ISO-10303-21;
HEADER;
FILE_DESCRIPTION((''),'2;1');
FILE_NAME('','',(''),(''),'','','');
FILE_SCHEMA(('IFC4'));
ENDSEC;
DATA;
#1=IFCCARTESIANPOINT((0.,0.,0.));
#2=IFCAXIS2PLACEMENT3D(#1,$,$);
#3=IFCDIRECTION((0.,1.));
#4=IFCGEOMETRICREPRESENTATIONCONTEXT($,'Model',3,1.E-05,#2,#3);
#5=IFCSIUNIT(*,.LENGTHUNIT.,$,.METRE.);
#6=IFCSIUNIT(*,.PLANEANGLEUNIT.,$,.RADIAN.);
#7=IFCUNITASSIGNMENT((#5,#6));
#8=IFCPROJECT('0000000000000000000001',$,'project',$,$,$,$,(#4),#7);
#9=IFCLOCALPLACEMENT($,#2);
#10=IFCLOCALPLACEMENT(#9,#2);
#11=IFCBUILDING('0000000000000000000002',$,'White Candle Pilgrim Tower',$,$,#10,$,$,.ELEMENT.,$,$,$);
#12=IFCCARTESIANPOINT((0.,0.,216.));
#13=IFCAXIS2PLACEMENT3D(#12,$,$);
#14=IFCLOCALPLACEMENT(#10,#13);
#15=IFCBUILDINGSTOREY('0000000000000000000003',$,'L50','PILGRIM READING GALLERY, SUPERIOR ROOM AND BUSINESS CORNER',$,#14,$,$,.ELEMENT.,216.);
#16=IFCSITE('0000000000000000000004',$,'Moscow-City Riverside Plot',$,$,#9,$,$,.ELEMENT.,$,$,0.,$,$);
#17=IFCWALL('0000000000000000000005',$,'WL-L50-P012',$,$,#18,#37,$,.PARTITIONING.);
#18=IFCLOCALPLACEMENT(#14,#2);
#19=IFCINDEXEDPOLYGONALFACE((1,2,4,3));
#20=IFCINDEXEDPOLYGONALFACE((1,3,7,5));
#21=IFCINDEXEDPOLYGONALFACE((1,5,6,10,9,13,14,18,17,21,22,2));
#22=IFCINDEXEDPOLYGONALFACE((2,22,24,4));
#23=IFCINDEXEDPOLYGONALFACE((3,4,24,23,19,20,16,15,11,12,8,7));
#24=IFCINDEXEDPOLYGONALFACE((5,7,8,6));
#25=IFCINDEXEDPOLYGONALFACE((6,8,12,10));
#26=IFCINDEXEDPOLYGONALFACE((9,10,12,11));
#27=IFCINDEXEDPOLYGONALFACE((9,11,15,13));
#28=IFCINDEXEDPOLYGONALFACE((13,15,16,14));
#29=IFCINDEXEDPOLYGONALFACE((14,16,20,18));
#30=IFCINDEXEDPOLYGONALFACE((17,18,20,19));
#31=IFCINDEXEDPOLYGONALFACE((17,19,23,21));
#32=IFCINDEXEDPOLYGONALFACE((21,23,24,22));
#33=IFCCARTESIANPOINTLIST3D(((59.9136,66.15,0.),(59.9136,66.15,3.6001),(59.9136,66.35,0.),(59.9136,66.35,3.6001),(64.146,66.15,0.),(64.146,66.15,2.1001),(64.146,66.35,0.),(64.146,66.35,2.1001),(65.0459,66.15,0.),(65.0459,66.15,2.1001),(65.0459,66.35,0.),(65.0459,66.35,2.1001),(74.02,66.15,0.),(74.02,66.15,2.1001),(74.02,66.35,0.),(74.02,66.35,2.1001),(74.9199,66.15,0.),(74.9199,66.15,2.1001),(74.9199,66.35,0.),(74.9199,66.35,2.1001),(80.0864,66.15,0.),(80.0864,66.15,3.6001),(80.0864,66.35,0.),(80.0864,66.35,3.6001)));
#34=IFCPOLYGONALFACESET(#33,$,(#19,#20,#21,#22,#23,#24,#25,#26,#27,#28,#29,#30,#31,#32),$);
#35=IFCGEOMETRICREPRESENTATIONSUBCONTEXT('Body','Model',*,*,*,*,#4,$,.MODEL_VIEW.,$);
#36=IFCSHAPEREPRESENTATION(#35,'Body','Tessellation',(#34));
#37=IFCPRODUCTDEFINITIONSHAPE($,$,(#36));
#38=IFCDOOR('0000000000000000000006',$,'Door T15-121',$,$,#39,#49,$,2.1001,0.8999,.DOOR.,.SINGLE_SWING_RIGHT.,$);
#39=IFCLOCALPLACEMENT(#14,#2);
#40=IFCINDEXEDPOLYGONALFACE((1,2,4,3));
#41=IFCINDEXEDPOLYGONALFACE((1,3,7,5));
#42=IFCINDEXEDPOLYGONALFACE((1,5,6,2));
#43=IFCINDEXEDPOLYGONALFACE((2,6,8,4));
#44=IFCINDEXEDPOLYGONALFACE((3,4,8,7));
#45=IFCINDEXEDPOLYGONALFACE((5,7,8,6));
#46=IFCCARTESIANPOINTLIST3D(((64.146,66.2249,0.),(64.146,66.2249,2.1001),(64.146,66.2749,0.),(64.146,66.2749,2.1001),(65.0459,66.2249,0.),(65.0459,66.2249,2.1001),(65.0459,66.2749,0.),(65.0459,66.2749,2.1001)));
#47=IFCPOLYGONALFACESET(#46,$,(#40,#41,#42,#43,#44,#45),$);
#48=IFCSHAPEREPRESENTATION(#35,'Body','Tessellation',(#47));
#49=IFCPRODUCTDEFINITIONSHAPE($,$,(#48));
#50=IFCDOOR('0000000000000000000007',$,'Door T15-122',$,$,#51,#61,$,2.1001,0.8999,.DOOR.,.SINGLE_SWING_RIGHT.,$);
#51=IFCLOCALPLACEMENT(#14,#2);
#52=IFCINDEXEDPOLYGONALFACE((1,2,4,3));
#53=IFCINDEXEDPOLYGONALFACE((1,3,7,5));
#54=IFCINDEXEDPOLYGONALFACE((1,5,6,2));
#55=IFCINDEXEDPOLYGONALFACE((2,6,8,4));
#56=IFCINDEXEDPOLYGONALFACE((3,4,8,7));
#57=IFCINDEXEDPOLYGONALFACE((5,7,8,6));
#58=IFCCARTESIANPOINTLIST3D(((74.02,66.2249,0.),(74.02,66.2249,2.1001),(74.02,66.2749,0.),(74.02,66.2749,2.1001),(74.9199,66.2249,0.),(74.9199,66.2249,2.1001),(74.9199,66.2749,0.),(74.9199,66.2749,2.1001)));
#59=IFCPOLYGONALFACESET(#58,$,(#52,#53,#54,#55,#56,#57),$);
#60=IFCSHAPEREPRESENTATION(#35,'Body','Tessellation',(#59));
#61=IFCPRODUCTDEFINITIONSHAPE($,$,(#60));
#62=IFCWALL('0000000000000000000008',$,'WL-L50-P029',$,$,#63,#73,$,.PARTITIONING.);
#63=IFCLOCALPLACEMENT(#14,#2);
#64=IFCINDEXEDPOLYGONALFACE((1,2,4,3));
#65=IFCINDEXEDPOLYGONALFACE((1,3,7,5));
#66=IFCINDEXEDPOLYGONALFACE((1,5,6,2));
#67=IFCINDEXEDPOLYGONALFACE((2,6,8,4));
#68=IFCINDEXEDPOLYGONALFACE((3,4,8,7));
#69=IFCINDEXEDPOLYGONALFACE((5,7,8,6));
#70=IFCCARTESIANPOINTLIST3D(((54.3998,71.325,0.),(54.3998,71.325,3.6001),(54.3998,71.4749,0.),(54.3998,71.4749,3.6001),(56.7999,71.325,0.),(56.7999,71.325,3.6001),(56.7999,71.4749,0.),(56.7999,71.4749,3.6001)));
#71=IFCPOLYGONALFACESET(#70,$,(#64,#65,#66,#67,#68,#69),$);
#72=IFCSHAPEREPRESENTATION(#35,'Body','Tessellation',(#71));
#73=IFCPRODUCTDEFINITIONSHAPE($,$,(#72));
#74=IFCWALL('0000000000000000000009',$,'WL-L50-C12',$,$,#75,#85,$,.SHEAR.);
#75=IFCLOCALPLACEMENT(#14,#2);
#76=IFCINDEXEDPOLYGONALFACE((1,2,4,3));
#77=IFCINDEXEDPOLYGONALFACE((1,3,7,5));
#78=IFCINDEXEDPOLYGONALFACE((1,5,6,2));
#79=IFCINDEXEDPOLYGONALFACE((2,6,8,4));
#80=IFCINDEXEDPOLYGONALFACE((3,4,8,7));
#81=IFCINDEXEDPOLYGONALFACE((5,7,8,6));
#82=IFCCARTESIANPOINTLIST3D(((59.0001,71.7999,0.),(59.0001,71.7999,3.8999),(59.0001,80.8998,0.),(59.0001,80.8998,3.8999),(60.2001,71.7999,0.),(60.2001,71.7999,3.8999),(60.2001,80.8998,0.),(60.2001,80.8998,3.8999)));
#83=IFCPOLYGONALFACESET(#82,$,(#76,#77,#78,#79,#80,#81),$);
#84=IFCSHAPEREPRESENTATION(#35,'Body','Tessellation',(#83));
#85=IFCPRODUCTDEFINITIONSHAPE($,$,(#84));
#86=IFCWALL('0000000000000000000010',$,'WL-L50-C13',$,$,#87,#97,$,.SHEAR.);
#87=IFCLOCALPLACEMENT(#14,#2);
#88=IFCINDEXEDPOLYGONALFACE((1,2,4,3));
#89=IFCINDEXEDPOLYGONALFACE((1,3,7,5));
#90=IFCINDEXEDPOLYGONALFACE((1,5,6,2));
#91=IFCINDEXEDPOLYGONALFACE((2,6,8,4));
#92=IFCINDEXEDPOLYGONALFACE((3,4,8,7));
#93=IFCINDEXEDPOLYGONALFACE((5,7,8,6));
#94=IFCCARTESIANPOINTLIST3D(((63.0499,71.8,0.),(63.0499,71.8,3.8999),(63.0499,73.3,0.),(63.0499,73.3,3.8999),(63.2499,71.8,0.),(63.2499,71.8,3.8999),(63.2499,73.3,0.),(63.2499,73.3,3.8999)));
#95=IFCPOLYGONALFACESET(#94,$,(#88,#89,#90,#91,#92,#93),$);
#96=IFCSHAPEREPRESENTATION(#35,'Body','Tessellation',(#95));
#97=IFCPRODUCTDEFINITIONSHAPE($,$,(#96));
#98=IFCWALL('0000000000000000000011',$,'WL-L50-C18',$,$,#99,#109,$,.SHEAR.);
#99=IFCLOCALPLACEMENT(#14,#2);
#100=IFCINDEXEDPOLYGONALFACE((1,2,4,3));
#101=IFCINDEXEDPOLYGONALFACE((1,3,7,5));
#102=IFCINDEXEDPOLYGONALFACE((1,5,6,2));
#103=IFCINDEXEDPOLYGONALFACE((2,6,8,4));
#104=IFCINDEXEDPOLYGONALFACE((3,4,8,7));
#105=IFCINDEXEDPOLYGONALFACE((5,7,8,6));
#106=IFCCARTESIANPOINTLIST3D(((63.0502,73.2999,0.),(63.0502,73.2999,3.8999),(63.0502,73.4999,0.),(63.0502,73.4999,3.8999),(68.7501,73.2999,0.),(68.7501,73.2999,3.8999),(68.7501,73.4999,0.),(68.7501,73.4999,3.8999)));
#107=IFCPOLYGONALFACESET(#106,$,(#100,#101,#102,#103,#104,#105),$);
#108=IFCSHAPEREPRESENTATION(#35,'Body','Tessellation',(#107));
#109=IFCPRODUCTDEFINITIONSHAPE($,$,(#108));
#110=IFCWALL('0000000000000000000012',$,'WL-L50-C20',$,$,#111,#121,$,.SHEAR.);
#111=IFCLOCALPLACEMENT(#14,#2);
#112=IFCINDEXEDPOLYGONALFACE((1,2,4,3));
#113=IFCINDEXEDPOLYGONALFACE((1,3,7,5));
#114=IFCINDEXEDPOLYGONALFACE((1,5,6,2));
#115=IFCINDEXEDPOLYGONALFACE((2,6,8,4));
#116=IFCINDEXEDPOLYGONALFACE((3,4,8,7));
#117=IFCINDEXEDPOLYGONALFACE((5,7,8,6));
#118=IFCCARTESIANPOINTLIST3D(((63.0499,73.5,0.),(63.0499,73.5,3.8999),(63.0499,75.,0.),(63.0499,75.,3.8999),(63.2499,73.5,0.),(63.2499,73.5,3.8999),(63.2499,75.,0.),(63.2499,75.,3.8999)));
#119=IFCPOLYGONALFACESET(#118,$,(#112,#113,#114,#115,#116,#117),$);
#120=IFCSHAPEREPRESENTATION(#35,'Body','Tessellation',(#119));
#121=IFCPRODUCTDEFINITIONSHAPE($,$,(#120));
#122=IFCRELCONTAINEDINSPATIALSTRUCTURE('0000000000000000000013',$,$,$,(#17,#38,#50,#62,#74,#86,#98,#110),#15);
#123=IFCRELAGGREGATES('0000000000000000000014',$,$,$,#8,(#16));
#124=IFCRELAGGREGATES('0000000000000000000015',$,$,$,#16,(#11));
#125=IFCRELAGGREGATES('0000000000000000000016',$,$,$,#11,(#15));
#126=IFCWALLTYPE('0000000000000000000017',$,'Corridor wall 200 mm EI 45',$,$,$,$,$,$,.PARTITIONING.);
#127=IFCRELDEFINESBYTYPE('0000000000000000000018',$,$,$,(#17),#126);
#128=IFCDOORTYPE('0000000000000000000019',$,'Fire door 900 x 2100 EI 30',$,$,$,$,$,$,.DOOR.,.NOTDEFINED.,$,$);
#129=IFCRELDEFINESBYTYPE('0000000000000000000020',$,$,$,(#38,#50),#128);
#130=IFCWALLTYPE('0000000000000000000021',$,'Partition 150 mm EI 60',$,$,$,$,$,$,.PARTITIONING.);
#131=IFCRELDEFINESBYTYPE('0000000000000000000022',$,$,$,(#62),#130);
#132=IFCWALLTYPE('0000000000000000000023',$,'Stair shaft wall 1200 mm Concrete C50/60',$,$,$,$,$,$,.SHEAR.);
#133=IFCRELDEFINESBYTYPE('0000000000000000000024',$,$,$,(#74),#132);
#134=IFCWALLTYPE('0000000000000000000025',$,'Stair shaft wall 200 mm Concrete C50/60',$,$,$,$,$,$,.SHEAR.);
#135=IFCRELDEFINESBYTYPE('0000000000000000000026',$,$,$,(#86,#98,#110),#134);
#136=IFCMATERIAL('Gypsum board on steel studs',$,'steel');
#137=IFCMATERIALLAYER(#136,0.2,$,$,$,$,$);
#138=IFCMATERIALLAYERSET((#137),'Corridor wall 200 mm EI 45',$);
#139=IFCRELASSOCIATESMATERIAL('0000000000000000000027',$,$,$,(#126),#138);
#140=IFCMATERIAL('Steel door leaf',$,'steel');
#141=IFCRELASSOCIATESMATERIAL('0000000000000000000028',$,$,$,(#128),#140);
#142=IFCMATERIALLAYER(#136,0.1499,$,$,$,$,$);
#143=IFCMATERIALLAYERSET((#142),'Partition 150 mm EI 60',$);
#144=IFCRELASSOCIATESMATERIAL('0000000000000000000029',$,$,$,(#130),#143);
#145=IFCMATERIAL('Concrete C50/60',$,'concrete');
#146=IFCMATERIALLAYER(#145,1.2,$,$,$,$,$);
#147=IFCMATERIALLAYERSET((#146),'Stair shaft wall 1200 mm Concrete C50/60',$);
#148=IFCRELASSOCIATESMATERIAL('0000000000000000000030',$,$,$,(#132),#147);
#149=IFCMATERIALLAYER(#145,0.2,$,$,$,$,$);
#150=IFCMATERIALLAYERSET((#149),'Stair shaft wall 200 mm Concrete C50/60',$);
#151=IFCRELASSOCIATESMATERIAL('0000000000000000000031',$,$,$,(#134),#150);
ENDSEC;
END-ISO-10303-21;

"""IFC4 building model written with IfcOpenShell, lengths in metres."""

from ifc_helpers import new_model, si_unit, direction, frame, frame_2d, origin, place, context, subcontext, project, spatial, rectangle, extrude, material, layer, layer_set, type_object, element, fill, save


model = new_model("IFC4")

# Units and contexts
model_context = context("Model", 3, precision=1e-05, world=origin(), true_north=direction((0.0, 1.0)))
body_context = subcontext(model_context, "Body", "Model", "MODEL_VIEW")
ifc_project = project(units=[si_unit("LENGTHUNIT", "METRE"), si_unit("PLANEANGLEUNIT", "RADIAN")], contexts=[model_context])

# Site, building, storey
site_placement = place(None, origin())
site = spatial("IfcSite", under=ifc_project, at=site_placement, Name="Moscow-City Riverside Plot", CompositionType="ELEMENT", RefElevation=0.0)
building_placement = place(site_placement, origin())
building = spatial("IfcBuilding", under=site, at=building_placement, Name="White Candle Pilgrim Tower", CompositionType="ELEMENT")
storey_placement = place(building_placement, frame((0.0, 0.0, 216.0)))
storey = spatial("IfcBuildingStorey", under=building, at=storey_placement, Name="L50", Description="PILGRIM READING GALLERY, SUPERIOR ROOM AND BUSINESS CORNER", CompositionType="ELEMENT", Elevation=216.0)

# Shared definitions
ifc_material_1 = material(Name="Gypsum board on steel studs", Category="steel")
ifc_layer_1 = layer(ifc_material_1, 0.2)
ifc_layer_set_1 = layer_set([ifc_layer_1], Name="Corridor wall 200 mm EI 45")
wall_type_1 = type_object("IfcWallType", Name="Corridor wall 200 mm EI 45", PredefinedType="PARTITIONING", material=ifc_layer_set_1)
ifc_material_2 = material(Name="Steel door leaf", Category="steel")
door_type_1 = type_object("IfcDoorType", Name="Fire door 900 x 2100 EI 30", OperationType="NOTDEFINED", PredefinedType="DOOR", material=ifc_material_2)

# Wall, openings, doors
wall_1_placement = place(storey_placement, frame((59.9136, 66.25, 0.0), z_axis=(0.0, 0.0, 1.0), x_axis=(1.0, 0.0, 0.0)))
wall_1 = element("IfcWall", 1, at=wall_1_placement, inside=storey, type_object=wall_type_1, Name="WL-L50-P012", PredefinedType="PARTITIONING", context=body_context, shape_type="SweptSolid", body=[
    extrude(rectangle(XDim=20.1729, YDim=0.2, at=frame_2d((10.0864, 0.0))), origin(), (0.0, 0.0, 1.0), 3.6001),
])
opening_1_placement = place(wall_1_placement, frame((4.2324, 0.0, 0.0)))
opening_1 = element("IfcOpeningElement", 2, at=opening_1_placement, cuts=wall_1, PredefinedType="OPENING", context=body_context, shape_type="SweptSolid", body=[
    extrude(rectangle(XDim=0.8999, YDim=2.1001, at=frame_2d((0.45, 1.05))), frame((0.0, 0.1099, 0.0), z_axis=(0.0, -1.0, 0.0), x_axis=(1.0, 0.0, 0.0)), (0.0, 0.0, 1.0), 0.22),
])
opening_2_placement = place(wall_1_placement, frame((14.1064, 0.0, 0.0)))
opening_2 = element("IfcOpeningElement", 3, at=opening_2_placement, cuts=wall_1, PredefinedType="OPENING", context=body_context, shape_type="SweptSolid", body=[
    extrude(rectangle(XDim=0.8999, YDim=2.1001, at=frame_2d((0.45, 1.05))), frame((0.0, 0.1099, 0.0), z_axis=(0.0, -1.0, 0.0), x_axis=(1.0, 0.0, 0.0)), (0.0, 0.0, 1.0), 0.22),
])
door_1_placement = place(opening_1_placement, origin())
door_1 = element("IfcDoor", 4, at=door_1_placement, inside=storey, type_object=door_type_1, Name="Door T15-121", OperationType="SINGLE_SWING_RIGHT", OverallHeight=2.1001, OverallWidth=0.8999, PredefinedType="DOOR", context=body_context, shape_type="SweptSolid", body=[
    extrude(rectangle(XDim=0.8999, YDim=2.1001, at=frame_2d((0.45, 1.05))), frame((0.0, 0.0249, 0.0), z_axis=(0.0, -1.0, 0.0), x_axis=(1.0, 0.0, 0.0)), (0.0, 0.0, 1.0), 0.05),
])
fill(opening_1, door_1)
door_2_placement = place(opening_2_placement, origin())
door_2 = element("IfcDoor", 5, at=door_2_placement, inside=storey, type_object=door_type_1, Name="Door T15-122", OperationType="SINGLE_SWING_RIGHT", OverallHeight=2.1001, OverallWidth=0.8999, PredefinedType="DOOR", context=body_context, shape_type="SweptSolid", body=[
    extrude(rectangle(XDim=0.8999, YDim=2.1001, at=frame_2d((0.45, 1.05))), frame((0.0, 0.0249, 0.0), z_axis=(0.0, -1.0, 0.0), x_axis=(1.0, 0.0, 0.0)), (0.0, 0.0, 1.0), 0.05),
])
fill(opening_2, door_2)

# Walls
ifc_layer_2 = layer(ifc_material_1, 0.1499)
ifc_layer_set_2 = layer_set([ifc_layer_2], Name="Partition 150 mm EI 60")
wall_type_2 = type_object("IfcWallType", Name="Partition 150 mm EI 60", PredefinedType="PARTITIONING", material=ifc_layer_set_2)
wall_2_placement = place(storey_placement, frame((56.8, 71.3999, 0.0), z_axis=(0.0, 0.0, 1.0), x_axis=(-1.0, 0.0, 0.0)))
element("IfcWall", 6, at=wall_2_placement, inside=storey, type_object=wall_type_2, Name="WL-L50-P029", PredefinedType="PARTITIONING", context=body_context, shape_type="SweptSolid", body=[
    extrude(rectangle(XDim=2.4001, YDim=0.1499, at=frame_2d((1.2002, 0.0))), origin(), (0.0, 0.0, 1.0), 3.6001),
])
ifc_material_3 = material(Name="Concrete C50/60", Category="concrete")
ifc_layer_3 = layer(ifc_material_3, 1.2)
ifc_layer_set_3 = layer_set([ifc_layer_3], Name="Stair shaft wall 1200 mm Concrete C50/60")
wall_type_3 = type_object("IfcWallType", Name="Stair shaft wall 1200 mm Concrete C50/60", PredefinedType="SHEAR", material=ifc_layer_set_3)
wall_3_placement = place(storey_placement, frame((59.6001, 71.8, 0.0), z_axis=(0.0, 0.0, 1.0), x_axis=(0.0, 1.0, 0.0)))
element("IfcWall", 7, at=wall_3_placement, inside=storey, type_object=wall_type_3, Name="WL-L50-C12", PredefinedType="SHEAR", context=body_context, shape_type="SweptSolid", body=[
    extrude(rectangle(XDim=9.0999, YDim=1.2, at=frame_2d((4.5498, 0.0))), origin(), (0.0, 0.0, 1.0), 3.8999),
])
ifc_layer_4 = layer(ifc_material_3, 0.2)
ifc_layer_set_4 = layer_set([ifc_layer_4], Name="Stair shaft wall 200 mm Concrete C50/60")
wall_type_4 = type_object("IfcWallType", Name="Stair shaft wall 200 mm Concrete C50/60", PredefinedType="SHEAR", material=ifc_layer_set_4)
wall_4_placement = place(storey_placement, frame((63.1499, 71.8, 0.0), z_axis=(0.0, 0.0, 1.0), x_axis=(0.0, 1.0, 0.0)))
element("IfcWall", 8, at=wall_4_placement, inside=storey, type_object=wall_type_4, Name="WL-L50-C13", PredefinedType="SHEAR", context=body_context, shape_type="SweptSolid", body=[
    extrude(rectangle(XDim=1.5, YDim=0.2, at=frame_2d((0.75, 0.0))), origin(), (0.0, 0.0, 1.0), 3.8999),
])
wall_5_placement = place(storey_placement, frame((63.05, 73.3999, 0.0), z_axis=(0.0, 0.0, 1.0), x_axis=(1.0, 0.0, 0.0)))
element("IfcWall", 9, at=wall_5_placement, inside=storey, type_object=wall_type_4, Name="WL-L50-C18", PredefinedType="SHEAR", context=body_context, shape_type="SweptSolid", body=[
    extrude(rectangle(XDim=5.7, YDim=0.2, at=frame_2d((2.8501, 0.0))), origin(), (0.0, 0.0, 1.0), 3.8999),
])
wall_6_placement = place(storey_placement, frame((63.1499, 73.5, 0.0), z_axis=(0.0, 0.0, 1.0), x_axis=(0.0, 1.0, 0.0)))
element("IfcWall", 10, at=wall_6_placement, inside=storey, type_object=wall_type_4, Name="WL-L50-C20", PredefinedType="SHEAR", context=body_context, shape_type="SweptSolid", body=[
    extrude(rectangle(XDim=1.5, YDim=0.2, at=frame_2d((0.75, 0.0))), origin(), (0.0, 0.0, 1.0), 3.8999),
])

save(model, "model.ifc")
